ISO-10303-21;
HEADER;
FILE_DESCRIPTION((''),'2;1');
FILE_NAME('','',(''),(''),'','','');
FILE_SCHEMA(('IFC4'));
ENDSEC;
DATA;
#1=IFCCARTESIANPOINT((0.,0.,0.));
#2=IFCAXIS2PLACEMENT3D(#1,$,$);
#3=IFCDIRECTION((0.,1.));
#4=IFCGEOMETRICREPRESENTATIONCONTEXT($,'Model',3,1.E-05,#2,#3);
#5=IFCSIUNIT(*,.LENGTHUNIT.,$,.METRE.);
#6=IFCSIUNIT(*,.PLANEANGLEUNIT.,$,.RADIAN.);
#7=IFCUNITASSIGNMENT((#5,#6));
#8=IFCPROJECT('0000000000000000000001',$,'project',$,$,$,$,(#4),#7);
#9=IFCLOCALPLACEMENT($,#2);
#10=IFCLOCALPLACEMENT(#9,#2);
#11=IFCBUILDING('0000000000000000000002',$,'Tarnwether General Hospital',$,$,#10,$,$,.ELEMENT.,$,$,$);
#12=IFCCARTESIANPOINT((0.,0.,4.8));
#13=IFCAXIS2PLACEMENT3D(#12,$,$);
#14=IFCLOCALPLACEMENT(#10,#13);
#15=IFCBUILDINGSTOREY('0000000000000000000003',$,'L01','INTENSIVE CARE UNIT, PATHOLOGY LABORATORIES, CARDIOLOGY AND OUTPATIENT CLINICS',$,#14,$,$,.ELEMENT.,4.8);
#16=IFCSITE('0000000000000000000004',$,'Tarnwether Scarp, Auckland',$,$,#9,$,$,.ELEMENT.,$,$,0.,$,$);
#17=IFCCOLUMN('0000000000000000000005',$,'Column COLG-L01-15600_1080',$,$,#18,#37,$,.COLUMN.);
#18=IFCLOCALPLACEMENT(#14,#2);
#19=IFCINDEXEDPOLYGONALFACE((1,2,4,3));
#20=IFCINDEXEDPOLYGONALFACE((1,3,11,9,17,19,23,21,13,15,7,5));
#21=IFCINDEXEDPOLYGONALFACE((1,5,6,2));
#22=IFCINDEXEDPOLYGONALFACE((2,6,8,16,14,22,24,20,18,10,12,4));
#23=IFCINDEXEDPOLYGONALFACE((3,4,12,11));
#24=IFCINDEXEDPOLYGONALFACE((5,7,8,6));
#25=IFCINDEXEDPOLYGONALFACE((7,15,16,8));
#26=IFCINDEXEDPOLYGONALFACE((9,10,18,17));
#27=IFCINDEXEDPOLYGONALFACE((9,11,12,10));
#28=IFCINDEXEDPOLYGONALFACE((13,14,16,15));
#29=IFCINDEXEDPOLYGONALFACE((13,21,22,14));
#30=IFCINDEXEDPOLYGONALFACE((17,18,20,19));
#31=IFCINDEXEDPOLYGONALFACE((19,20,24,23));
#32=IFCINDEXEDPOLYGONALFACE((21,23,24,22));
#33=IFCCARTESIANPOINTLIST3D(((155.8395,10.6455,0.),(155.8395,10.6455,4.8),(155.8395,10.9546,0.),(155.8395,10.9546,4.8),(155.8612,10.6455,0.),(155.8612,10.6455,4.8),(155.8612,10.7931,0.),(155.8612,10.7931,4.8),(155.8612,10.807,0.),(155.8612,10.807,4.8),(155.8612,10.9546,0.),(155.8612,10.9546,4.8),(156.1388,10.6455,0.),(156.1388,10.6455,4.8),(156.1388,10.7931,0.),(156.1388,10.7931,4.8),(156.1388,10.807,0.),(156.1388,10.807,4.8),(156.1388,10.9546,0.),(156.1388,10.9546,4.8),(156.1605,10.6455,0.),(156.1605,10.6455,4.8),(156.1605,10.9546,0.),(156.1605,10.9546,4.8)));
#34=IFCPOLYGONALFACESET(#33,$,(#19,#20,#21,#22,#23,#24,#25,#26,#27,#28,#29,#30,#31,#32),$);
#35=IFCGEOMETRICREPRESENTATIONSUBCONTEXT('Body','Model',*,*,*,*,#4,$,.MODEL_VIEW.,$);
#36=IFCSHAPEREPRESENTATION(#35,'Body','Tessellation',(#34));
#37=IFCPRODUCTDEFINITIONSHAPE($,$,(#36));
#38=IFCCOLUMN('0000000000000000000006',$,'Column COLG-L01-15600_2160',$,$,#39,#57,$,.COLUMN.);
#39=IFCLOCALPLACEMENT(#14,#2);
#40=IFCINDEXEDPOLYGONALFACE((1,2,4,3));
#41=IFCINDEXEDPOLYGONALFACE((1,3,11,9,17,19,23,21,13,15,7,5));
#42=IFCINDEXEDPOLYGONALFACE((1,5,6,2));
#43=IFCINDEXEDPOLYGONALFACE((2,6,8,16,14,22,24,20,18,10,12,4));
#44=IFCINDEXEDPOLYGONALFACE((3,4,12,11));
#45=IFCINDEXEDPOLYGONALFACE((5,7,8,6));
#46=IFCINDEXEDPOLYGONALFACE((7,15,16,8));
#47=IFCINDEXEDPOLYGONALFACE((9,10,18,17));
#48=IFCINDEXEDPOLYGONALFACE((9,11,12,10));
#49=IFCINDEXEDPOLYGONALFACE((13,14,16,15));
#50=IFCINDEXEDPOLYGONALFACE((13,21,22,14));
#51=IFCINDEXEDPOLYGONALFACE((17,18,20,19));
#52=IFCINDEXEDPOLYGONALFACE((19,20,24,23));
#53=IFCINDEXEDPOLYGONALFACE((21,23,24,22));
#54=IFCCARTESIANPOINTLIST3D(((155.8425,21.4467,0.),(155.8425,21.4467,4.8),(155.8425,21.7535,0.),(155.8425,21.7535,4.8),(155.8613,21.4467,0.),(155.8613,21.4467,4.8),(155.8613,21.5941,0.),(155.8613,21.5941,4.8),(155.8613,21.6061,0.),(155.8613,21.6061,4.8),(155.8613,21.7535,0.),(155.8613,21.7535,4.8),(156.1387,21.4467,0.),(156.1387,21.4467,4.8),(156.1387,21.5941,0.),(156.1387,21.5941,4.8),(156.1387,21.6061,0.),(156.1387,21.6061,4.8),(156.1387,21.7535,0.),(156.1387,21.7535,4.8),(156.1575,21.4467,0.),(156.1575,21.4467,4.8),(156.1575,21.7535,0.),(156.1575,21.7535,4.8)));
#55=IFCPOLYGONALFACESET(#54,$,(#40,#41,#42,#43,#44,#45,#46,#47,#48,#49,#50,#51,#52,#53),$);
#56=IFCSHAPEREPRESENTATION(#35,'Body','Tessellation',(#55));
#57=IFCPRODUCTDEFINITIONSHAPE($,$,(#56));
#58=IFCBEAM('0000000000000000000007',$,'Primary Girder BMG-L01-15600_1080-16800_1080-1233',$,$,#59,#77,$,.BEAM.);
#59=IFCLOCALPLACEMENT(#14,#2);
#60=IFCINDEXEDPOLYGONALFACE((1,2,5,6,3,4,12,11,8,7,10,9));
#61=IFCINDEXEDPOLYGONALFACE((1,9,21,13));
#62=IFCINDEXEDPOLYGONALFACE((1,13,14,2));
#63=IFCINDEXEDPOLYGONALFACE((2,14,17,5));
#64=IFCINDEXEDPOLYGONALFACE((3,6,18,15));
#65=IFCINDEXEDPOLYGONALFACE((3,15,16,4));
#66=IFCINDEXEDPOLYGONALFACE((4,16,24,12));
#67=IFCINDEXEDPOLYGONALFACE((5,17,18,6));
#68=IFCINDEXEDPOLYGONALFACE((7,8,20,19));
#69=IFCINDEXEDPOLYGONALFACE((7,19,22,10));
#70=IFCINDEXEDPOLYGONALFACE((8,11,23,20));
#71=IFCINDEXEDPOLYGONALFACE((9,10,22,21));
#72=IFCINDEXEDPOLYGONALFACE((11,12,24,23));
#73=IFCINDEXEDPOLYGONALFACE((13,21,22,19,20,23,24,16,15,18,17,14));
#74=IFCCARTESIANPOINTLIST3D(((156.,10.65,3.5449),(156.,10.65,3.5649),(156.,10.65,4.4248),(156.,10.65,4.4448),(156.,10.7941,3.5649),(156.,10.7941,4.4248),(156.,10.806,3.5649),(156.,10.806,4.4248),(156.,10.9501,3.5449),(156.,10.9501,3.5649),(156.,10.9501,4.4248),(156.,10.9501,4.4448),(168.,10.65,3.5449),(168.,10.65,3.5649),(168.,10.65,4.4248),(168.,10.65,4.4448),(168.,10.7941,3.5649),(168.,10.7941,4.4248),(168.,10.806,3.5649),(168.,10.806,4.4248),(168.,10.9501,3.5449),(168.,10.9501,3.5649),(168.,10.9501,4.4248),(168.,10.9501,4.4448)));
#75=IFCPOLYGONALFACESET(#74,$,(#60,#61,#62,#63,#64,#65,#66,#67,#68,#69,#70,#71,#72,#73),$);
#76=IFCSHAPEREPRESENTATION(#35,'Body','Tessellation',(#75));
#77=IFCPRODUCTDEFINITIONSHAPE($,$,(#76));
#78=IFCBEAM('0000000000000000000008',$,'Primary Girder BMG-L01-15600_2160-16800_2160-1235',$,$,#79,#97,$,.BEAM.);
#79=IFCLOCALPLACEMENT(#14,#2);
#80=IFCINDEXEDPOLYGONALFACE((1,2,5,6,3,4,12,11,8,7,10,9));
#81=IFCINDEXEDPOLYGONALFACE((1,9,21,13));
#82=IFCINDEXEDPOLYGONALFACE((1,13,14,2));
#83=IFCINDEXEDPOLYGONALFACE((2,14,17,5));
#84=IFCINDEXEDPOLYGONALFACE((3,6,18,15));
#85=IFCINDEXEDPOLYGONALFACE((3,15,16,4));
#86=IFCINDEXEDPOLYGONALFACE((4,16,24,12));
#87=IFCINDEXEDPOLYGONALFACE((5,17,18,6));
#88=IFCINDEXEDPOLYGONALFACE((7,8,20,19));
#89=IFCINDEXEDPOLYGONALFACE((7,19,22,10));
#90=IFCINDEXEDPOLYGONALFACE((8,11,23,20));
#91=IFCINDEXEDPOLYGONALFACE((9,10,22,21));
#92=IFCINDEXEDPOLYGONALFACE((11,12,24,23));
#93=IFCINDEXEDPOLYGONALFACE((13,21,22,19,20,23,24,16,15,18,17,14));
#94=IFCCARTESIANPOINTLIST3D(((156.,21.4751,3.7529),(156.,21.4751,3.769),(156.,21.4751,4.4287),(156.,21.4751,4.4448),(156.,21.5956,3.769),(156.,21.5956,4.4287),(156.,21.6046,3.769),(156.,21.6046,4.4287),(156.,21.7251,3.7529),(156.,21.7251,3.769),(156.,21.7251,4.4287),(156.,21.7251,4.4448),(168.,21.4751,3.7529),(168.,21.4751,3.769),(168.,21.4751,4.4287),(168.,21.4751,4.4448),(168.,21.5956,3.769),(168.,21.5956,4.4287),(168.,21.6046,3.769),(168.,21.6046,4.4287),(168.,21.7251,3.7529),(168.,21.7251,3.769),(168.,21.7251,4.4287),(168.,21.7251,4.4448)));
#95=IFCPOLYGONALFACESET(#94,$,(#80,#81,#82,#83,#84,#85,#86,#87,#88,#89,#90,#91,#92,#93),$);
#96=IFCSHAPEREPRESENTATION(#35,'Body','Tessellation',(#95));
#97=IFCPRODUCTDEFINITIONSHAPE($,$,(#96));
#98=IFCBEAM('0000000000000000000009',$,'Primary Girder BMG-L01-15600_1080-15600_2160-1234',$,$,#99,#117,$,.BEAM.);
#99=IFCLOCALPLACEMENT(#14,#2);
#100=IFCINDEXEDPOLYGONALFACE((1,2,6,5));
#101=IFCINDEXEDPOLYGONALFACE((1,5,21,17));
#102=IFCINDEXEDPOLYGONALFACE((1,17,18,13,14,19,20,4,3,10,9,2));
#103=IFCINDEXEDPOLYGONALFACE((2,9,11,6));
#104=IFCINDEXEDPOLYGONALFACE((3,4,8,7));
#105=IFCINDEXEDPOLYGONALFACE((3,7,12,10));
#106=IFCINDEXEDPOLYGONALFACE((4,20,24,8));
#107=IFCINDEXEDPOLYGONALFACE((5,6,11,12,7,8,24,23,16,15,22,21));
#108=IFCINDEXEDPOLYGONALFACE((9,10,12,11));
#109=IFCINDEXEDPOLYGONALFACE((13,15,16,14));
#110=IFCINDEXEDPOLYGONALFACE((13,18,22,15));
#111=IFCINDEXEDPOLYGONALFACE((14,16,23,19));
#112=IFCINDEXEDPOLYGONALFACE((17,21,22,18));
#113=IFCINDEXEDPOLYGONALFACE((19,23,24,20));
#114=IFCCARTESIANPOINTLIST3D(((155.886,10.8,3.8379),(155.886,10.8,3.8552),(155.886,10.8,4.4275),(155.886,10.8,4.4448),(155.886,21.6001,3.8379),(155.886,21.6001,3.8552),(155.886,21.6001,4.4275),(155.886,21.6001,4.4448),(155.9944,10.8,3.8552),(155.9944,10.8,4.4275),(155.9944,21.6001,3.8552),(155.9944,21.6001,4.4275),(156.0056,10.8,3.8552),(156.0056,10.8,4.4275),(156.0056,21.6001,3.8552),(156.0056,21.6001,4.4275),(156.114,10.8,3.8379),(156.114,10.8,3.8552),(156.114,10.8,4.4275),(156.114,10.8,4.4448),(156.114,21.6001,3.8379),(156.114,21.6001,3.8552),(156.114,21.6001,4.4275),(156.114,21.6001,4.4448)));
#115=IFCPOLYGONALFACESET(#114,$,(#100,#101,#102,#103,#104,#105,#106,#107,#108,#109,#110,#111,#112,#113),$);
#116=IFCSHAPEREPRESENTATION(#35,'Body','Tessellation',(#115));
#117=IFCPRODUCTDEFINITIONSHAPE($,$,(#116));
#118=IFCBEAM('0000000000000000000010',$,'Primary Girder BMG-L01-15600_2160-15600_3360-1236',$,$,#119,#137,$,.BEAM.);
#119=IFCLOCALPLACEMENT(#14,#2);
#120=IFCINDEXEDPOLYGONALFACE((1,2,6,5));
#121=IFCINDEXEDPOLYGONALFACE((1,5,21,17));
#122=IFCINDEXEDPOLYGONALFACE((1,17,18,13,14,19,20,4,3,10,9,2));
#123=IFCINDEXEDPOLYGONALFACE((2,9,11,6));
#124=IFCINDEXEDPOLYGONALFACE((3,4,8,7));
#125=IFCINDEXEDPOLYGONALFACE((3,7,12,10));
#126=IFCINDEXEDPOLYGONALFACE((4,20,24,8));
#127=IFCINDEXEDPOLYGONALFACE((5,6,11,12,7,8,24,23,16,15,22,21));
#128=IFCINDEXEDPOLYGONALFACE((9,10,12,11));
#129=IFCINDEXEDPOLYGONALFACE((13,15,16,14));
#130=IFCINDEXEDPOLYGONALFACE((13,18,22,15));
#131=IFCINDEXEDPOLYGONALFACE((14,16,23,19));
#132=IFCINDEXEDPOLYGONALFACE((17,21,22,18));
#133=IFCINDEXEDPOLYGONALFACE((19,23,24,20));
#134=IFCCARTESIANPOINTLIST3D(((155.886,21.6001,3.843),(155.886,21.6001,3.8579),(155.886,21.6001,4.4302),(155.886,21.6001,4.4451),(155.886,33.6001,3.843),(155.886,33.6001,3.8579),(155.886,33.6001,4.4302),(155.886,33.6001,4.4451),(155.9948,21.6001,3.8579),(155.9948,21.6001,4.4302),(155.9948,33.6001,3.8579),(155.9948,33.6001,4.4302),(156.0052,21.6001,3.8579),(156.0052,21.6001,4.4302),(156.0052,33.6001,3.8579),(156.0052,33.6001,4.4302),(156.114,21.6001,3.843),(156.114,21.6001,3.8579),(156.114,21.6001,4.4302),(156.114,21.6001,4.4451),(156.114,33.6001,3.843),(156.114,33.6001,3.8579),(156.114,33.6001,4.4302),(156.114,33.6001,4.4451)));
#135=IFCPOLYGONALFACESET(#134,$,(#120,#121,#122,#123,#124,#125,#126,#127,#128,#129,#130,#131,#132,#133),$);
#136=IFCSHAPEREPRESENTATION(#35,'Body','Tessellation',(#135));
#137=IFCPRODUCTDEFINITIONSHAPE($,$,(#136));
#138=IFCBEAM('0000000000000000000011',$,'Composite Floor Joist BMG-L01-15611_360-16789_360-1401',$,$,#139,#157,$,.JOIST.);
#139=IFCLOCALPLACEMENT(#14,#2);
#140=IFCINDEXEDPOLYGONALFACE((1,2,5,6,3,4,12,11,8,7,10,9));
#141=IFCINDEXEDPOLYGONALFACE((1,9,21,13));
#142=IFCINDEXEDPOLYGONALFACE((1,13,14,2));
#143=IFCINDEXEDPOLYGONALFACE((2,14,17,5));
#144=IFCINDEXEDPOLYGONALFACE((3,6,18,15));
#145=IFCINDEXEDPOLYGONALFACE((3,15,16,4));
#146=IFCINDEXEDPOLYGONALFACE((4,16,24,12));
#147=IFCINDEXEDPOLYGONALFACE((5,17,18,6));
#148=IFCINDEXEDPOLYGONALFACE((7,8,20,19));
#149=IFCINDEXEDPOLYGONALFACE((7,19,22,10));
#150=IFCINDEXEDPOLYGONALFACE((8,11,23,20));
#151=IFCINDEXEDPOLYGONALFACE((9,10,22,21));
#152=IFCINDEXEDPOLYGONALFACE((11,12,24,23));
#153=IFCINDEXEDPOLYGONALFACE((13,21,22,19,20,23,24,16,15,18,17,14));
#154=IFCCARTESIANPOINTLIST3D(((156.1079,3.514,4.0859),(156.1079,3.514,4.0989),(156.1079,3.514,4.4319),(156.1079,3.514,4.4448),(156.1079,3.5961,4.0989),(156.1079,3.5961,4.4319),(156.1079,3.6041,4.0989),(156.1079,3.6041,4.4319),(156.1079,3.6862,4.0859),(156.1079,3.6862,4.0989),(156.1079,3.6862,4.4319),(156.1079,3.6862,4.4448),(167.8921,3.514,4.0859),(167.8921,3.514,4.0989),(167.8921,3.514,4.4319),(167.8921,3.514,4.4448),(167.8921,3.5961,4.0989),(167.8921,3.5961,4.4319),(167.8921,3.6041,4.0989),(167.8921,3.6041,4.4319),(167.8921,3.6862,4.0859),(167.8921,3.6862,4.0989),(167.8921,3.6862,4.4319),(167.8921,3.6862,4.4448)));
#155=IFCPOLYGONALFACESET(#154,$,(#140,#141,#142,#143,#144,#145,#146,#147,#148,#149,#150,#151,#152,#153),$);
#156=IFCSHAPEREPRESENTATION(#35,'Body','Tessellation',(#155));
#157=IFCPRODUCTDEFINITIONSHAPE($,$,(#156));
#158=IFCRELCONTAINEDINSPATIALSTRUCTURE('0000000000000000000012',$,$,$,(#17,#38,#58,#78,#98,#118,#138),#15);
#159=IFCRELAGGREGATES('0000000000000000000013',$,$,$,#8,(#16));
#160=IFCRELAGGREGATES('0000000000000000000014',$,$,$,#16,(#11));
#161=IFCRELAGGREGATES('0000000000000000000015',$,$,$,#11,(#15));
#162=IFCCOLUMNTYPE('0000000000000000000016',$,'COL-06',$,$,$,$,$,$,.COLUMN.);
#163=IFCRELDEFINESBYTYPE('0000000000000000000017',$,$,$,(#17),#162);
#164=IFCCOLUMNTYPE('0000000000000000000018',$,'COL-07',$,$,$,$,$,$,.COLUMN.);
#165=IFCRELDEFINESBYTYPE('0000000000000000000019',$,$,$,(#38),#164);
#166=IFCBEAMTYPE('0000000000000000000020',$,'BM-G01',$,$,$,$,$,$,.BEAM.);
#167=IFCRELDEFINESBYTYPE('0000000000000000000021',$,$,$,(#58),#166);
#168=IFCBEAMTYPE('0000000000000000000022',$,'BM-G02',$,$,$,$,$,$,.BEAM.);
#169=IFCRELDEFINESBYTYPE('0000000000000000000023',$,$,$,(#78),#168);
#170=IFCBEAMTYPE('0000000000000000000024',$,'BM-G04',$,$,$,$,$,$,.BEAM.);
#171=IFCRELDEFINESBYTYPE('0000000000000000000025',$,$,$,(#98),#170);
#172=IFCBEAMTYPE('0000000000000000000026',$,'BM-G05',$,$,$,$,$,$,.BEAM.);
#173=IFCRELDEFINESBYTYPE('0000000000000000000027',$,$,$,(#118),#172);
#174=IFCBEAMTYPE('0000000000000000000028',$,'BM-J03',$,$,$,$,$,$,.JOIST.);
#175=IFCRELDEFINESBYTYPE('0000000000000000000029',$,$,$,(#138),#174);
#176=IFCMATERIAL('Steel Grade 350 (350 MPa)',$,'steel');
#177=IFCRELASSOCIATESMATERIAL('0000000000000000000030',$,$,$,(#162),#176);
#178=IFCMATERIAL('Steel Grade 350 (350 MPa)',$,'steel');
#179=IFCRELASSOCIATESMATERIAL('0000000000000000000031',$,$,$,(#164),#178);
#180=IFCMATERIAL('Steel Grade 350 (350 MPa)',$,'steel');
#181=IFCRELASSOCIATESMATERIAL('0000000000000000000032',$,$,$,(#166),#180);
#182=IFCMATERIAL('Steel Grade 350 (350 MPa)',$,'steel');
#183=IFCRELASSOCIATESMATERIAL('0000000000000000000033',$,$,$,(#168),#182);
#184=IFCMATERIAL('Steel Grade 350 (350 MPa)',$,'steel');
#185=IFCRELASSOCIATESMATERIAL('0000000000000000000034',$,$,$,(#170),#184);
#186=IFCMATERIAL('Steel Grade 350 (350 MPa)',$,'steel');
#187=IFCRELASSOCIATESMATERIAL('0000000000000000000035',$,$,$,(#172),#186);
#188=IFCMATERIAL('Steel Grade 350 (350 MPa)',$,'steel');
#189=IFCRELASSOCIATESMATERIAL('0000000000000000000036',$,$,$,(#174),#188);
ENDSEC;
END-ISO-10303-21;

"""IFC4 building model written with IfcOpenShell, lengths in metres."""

from ifc_helpers import new_model, si_unit, direction, frame, origin, origin_2d, place, context, subcontext, project, spatial, i_section, extrude, material, material_profile, profile_set, type_object, element, save


model = new_model("IFC4")

# Units and contexts
model_context = context("Model", 3, precision=1e-05, world=origin(), true_north=direction((0.0, 1.0)))
body_context = subcontext(model_context, "Body", "Model", "MODEL_VIEW")
ifc_project = project(units=[si_unit("LENGTHUNIT", "METRE"), si_unit("PLANEANGLEUNIT", "RADIAN")], contexts=[model_context])

# Site, building, storey
site_placement = place(None, origin())
site = spatial("IfcSite", under=ifc_project, at=site_placement, Name="Tarnwether Scarp, Auckland", CompositionType="ELEMENT", RefElevation=0.0)
building_placement = place(site_placement, origin())
building = spatial("IfcBuilding", under=site, at=building_placement, Name="Tarnwether General Hospital", CompositionType="ELEMENT")
storey_placement = place(building_placement, frame((0.0, 0.0, 4.8)))
storey = spatial("IfcBuildingStorey", under=building, at=storey_placement, Name="L01", Description="INTENSIVE CARE UNIT, PATHOLOGY LABORATORIES, CARDIOLOGY AND OUTPATIENT CLINICS", CompositionType="ELEMENT", Elevation=4.8)

# Columns
ifc_material_1 = material(Name="Steel Grade 350 (350 MPa)", Category="steel")
ifc_material_profile_1 = material_profile(ifc_material_1, i_section(OverallWidth=0.3091, OverallDepth=0.321, WebThickness=0.0139, FlangeThickness=0.0217, at=origin_2d()), Name="310UC137")
ifc_profile_set_1 = profile_set([ifc_material_profile_1], Name="Steel Grade 350 (350 MPa)")
column_type_1 = type_object("IfcColumnType", Name="COL-06", PredefinedType="COLUMN", material=ifc_profile_set_1)
column_1_placement = place(storey_placement, frame((156.0, 10.8, 0.0), z_axis=(0.0, 0.0, 1.0), x_axis=(0.0, 1.0, 0.0)))
element("IfcColumn", 1, at=column_1_placement, inside=storey, type_object=column_type_1, Name="Column COLG-L01-15600_1080", PredefinedType="COLUMN", context=body_context, shape_type="SweptSolid", body=[
    extrude(i_section(OverallWidth=0.3091, OverallDepth=0.321, WebThickness=0.0139, FlangeThickness=0.0217, at=origin_2d()), origin(), (0.0, 0.0, 1.0), 4.8),
])
ifc_material_2 = material(Name="Steel Grade 350 (350 MPa)", Category="steel")
ifc_material_profile_2 = material_profile(ifc_material_2, i_section(OverallWidth=0.3069, OverallDepth=0.3149, WebThickness=0.012, FlangeThickness=0.0188, at=origin_2d()), Name="310UC118")
ifc_profile_set_2 = profile_set([ifc_material_profile_2], Name="Steel Grade 350 (350 MPa)")
column_type_2 = type_object("IfcColumnType", Name="COL-07", PredefinedType="COLUMN", material=ifc_profile_set_2)
column_2_placement = place(storey_placement, frame((156.0, 21.6001, 0.0), z_axis=(0.0, 0.0, 1.0), x_axis=(0.0, 1.0, 0.0)))
element("IfcColumn", 2, at=column_2_placement, inside=storey, type_object=column_type_2, Name="Column COLG-L01-15600_2160", PredefinedType="COLUMN", context=body_context, shape_type="SweptSolid", body=[
    extrude(i_section(OverallWidth=0.3069, OverallDepth=0.3149, WebThickness=0.012, FlangeThickness=0.0188, at=origin_2d()), origin(), (0.0, 0.0, 1.0), 4.8),
])

# Beams
ifc_material_3 = material(Name="Steel Grade 350 (350 MPa)", Category="steel")
ifc_material_profile_3 = material_profile(ifc_material_3, i_section(OverallWidth=0.3, OverallDepth=0.8999, WebThickness=0.012, FlangeThickness=0.02, at=origin_2d()), Name="900WB175")
ifc_profile_set_3 = profile_set([ifc_material_profile_3], Name="Steel Grade 350 (350 MPa)")
beam_type_1 = type_object("IfcBeamType", Name="BM-G01", PredefinedType="BEAM", material=ifc_profile_set_3)
beam_1_placement = place(storey_placement, frame((156.0, 10.8, 3.9949), z_axis=(1.0, 0.0, 0.0), x_axis=(0.0, 1.0, 0.0)))
element("IfcBeam", 3, at=beam_1_placement, inside=storey, type_object=beam_type_1, Name="Primary Girder BMG-L01-15600_1080-16800_1080-1233", PredefinedType="BEAM", context=body_context, shape_type="SweptSolid", body=[
    extrude(i_section(OverallWidth=0.3, OverallDepth=0.8999, WebThickness=0.012, FlangeThickness=0.02, at=origin_2d()), origin(), (0.0, 0.0, 1.0), 12.0),
])
ifc_material_4 = material(Name="Steel Grade 350 (350 MPa)", Category="steel")
ifc_material_profile_4 = material_profile(ifc_material_4, i_section(OverallWidth=0.25, OverallDepth=0.6919, WebThickness=0.009, FlangeThickness=0.0161, at=origin_2d()), Name="700WB115")
ifc_profile_set_4 = profile_set([ifc_material_profile_4], Name="Steel Grade 350 (350 MPa)")
beam_type_2 = type_object("IfcBeamType", Name="BM-G02", PredefinedType="BEAM", material=ifc_profile_set_4)
beam_2_placement = place(storey_placement, frame((156.0, 21.6001, 4.0989), z_axis=(1.0, 0.0, 0.0), x_axis=(0.0, 1.0, 0.0)))
element("IfcBeam", 4, at=beam_2_placement, inside=storey, type_object=beam_type_2, Name="Primary Girder BMG-L01-15600_2160-16800_2160-1235", PredefinedType="BEAM", context=body_context, shape_type="SweptSolid", body=[
    extrude(i_section(OverallWidth=0.25, OverallDepth=0.6919, WebThickness=0.009, FlangeThickness=0.0161, at=origin_2d()), origin(), (0.0, 0.0, 1.0), 12.0),
])
ifc_material_5 = material(Name="Steel Grade 350 (350 MPa)", Category="steel")
ifc_material_profile_5 = material_profile(ifc_material_5, i_section(OverallWidth=0.228, OverallDepth=0.6069, WebThickness=0.0112, FlangeThickness=0.0173, at=origin_2d()), Name="610UB113")
ifc_profile_set_5 = profile_set([ifc_material_profile_5], Name="Steel Grade 350 (350 MPa)")
beam_type_3 = type_object("IfcBeamType", Name="BM-G04", PredefinedType="BEAM", material=ifc_profile_set_5)
beam_3_placement = place(storey_placement, frame((156.0, 10.8, 4.1414), z_axis=(0.0, 1.0, 0.0), x_axis=(-1.0, 0.0, 0.0)))
element("IfcBeam", 5, at=beam_3_placement, inside=storey, type_object=beam_type_3, Name="Primary Girder BMG-L01-15600_1080-15600_2160-1234", PredefinedType="BEAM", context=body_context, shape_type="SweptSolid", body=[
    extrude(i_section(OverallWidth=0.228, OverallDepth=0.6069, WebThickness=0.0112, FlangeThickness=0.0173, at=origin_2d()), origin(), (0.0, 0.0, 1.0), 10.8),
])
ifc_material_6 = material(Name="Steel Grade 350 (350 MPa)", Category="steel")
ifc_material_profile_6 = material_profile(ifc_material_6, i_section(OverallWidth=0.228, OverallDepth=0.6021, WebThickness=0.0105, FlangeThickness=0.0149, at=origin_2d()), Name="610UB101")
ifc_profile_set_6 = profile_set([ifc_material_profile_6], Name="Steel Grade 350 (350 MPa)")
beam_type_4 = type_object("IfcBeamType", Name="BM-G05", PredefinedType="BEAM", material=ifc_profile_set_6)
beam_4_placement = place(storey_placement, frame((156.0, 21.6001, 4.144), z_axis=(0.0, 1.0, 0.0), x_axis=(-1.0, 0.0, 0.0)))
element("IfcBeam", 6, at=beam_4_placement, inside=storey, type_object=beam_type_4, Name="Primary Girder BMG-L01-15600_2160-15600_3360-1236", PredefinedType="BEAM", context=body_context, shape_type="SweptSolid", body=[
    extrude(i_section(OverallWidth=0.228, OverallDepth=0.6021, WebThickness=0.0105, FlangeThickness=0.0149, at=origin_2d()), origin(), (0.0, 0.0, 1.0), 12.0),
])
ifc_material_7 = material(Name="Steel Grade 350 (350 MPa)", Category="steel")
ifc_material_profile_7 = material_profile(ifc_material_7, i_section(OverallWidth=0.1721, OverallDepth=0.3589, WebThickness=0.0081, FlangeThickness=0.0129, at=origin_2d()), Name="360UB56.7")
ifc_profile_set_7 = profile_set([ifc_material_profile_7], Name="Steel Grade 350 (350 MPa)")
beam_type_5 = type_object("IfcBeamType", Name="BM-J03", PredefinedType="JOIST", material=ifc_profile_set_7)
beam_5_placement = place(storey_placement, frame((156.1079, 3.6001, 4.2654), z_axis=(1.0, 0.0, 0.0), x_axis=(0.0, 1.0, 0.0)))
element("IfcBeam", 7, at=beam_5_placement, inside=storey, type_object=beam_type_5, Name="Composite Floor Joist BMG-L01-15611_360-16789_360-1401", PredefinedType="JOIST", context=body_context, shape_type="SweptSolid", body=[
    extrude(i_section(OverallWidth=0.1721, OverallDepth=0.3589, WebThickness=0.0081, FlangeThickness=0.0129, at=origin_2d()), origin(), (0.0, 0.0, 1.0), 11.7842),
])

save(model, "model.ifc")
